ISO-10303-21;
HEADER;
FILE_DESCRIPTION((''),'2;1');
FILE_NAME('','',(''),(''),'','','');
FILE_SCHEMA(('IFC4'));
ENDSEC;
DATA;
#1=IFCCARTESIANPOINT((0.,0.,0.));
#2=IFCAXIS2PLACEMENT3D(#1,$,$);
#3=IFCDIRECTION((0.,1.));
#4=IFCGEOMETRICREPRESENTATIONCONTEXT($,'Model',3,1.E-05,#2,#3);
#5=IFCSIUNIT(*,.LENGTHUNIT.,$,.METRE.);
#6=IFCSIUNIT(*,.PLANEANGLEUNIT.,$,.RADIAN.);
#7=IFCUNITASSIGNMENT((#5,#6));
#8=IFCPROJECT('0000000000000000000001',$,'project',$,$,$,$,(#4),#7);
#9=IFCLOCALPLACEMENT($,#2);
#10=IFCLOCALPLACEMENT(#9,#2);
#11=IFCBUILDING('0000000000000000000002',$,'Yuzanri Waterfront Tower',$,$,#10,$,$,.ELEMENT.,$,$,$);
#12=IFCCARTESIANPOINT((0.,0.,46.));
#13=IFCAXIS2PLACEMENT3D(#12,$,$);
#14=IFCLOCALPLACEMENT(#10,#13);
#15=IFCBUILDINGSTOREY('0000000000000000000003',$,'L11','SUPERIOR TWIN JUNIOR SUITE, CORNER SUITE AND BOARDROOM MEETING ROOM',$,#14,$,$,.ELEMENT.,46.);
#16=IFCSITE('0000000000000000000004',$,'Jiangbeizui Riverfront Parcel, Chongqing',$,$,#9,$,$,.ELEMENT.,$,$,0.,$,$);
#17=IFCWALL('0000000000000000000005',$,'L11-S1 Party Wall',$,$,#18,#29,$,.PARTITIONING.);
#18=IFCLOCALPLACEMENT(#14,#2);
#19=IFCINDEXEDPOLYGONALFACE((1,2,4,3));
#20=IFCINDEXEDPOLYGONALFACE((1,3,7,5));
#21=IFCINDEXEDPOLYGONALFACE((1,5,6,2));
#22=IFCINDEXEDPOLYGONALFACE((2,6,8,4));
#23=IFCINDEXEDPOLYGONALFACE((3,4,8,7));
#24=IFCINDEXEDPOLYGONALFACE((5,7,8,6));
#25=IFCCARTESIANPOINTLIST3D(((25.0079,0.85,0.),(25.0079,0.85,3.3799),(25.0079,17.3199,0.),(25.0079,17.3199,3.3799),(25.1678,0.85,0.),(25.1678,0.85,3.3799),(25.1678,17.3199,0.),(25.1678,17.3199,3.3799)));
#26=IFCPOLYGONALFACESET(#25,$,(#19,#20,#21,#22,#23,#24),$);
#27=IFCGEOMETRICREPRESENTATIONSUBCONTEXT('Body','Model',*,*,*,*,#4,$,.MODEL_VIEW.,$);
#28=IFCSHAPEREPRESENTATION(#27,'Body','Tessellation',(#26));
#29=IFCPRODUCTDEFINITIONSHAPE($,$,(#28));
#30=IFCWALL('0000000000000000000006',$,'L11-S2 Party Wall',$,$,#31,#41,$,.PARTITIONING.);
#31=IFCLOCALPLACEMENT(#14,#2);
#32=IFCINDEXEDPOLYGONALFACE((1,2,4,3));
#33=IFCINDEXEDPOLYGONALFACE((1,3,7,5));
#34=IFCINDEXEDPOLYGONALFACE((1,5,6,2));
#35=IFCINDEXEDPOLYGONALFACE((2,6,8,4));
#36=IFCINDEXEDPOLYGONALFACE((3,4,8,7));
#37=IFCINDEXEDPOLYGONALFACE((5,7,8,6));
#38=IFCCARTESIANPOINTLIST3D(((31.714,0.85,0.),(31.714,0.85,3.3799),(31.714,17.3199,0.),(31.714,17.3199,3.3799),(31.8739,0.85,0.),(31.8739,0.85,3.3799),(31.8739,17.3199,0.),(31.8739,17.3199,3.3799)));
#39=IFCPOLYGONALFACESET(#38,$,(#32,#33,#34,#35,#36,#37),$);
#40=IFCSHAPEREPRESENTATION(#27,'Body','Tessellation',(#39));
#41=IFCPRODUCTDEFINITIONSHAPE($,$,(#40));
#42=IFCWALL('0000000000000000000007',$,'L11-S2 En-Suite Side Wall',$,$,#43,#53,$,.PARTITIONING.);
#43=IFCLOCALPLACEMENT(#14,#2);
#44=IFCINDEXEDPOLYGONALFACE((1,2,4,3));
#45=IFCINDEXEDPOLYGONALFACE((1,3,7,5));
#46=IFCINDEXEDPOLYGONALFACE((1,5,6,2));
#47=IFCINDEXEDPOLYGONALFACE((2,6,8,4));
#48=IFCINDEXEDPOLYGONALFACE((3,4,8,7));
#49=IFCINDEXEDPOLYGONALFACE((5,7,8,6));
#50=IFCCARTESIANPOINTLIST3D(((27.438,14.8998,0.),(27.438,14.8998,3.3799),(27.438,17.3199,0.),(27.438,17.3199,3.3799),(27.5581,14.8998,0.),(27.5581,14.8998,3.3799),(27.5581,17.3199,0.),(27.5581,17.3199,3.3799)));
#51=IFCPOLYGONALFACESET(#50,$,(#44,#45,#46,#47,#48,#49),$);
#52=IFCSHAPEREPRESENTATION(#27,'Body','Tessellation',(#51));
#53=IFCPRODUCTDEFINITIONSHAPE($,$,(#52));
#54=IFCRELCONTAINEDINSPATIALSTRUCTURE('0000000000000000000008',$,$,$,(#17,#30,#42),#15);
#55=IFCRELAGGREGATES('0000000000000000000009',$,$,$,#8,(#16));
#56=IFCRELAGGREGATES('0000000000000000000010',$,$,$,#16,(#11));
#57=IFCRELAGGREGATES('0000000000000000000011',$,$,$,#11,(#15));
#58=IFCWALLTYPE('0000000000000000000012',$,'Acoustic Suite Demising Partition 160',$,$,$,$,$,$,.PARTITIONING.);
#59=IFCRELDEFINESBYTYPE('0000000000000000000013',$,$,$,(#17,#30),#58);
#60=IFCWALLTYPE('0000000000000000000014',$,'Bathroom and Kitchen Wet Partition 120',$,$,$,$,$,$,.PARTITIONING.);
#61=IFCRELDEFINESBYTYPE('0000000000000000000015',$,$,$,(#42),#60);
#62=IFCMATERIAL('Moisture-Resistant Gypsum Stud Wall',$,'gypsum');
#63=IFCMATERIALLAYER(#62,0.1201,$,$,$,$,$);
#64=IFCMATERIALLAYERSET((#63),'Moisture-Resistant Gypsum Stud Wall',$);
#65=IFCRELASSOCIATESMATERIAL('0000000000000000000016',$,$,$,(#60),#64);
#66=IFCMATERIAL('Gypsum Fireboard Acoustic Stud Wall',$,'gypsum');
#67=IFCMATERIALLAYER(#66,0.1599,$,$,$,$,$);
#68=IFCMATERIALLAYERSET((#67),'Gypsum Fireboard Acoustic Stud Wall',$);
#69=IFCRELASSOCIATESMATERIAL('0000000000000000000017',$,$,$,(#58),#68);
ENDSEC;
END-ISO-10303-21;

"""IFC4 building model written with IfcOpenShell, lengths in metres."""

from ifc_helpers import new_model, si_unit, direction, frame, frame_2d, origin, place, context, subcontext, project, spatial, rectangle, extrude, source, transform, mapped, material, layer, layer_set, type_object, element, save


model = new_model("IFC4")

# Units and contexts
model_context = context("Model", 3, precision=1e-05, world=origin(), true_north=direction((0.0, 1.0)))
body_context = subcontext(model_context, "Body", "Model", "MODEL_VIEW")
ifc_project = project(units=[si_unit("LENGTHUNIT", "METRE"), si_unit("PLANEANGLEUNIT", "RADIAN")], contexts=[model_context])

# Site, building, storey
site_placement = place(None, origin())
site = spatial("IfcSite", under=ifc_project, at=site_placement, Name="Jiangbeizui Riverfront Parcel, Chongqing", CompositionType="ELEMENT", RefElevation=0.0)
building_placement = place(site_placement, origin())
building = spatial("IfcBuilding", under=site, at=building_placement, Name="Yuzanri Waterfront Tower", CompositionType="ELEMENT")
storey_placement = place(building_placement, frame((0.0, 0.0, 46.0)))
storey = spatial("IfcBuildingStorey", under=building, at=storey_placement, Name="L11", Description="SUPERIOR TWIN JUNIOR SUITE, CORNER SUITE AND BOARDROOM MEETING ROOM", CompositionType="ELEMENT", Elevation=46.0)

# Shared definitions
ifc_material_1 = material(Name="Moisture-Resistant Gypsum Stud Wall", Category="gypsum")
ifc_layer_1 = layer(ifc_material_1, 0.1201)
ifc_layer_set_1 = layer_set([ifc_layer_1], Name="Moisture-Resistant Gypsum Stud Wall")
wall_type_1 = type_object("IfcWallType", Name="Bathroom and Kitchen Wet Partition 120", PredefinedType="PARTITIONING", material=ifc_layer_set_1)

# Walls
ifc_material_2 = material(Name="Gypsum Fireboard Acoustic Stud Wall", Category="gypsum")
ifc_layer_2 = layer(ifc_material_2, 0.1599)
ifc_layer_set_2 = layer_set([ifc_layer_2], Name="Gypsum Fireboard Acoustic Stud Wall")
wall_type_2 = type_object("IfcWallType", Name="Acoustic Suite Demising Partition 160", PredefinedType="PARTITIONING", material=ifc_layer_set_2)
shared_shape_1 = source(origin(), body_context, "Body", "SweptSolid", [
    extrude(rectangle(XDim=16.47, YDim=0.1599, at=frame_2d((8.2349, 0.0))), origin(), (0.0, 0.0, 1.0), 3.3799),
])
for number, where, z_axis, x_axis, name in (
    (1, (25.0879, 0.8501, 0.0), (0.0, 0.0, 1.0), (0.0, 1.0, 0.0), "L11-S1 Party Wall"),
    (2, (31.7939, 0.8501, 0.0), (0.0, 0.0, 1.0), (0.0, 1.0, 0.0), "L11-S2 Party Wall"),
):
    element("IfcWall", number, at=place(storey_placement, frame(where, z_axis=z_axis, x_axis=x_axis)), inside=storey, type_object=wall_type_2, Name=name, PredefinedType="PARTITIONING", context=body_context, shape_type="MappedRepresentation", body=[
        mapped(shared_shape_1, transform((0.0, 0.0, 0.0), scale=1.0)),
    ])
shared_shape_2 = source(origin(), body_context, "Body", "SweptSolid", [
    extrude(rectangle(XDim=2.4202, YDim=0.1201, at=frame_2d((1.21, 0.0))), origin(), (0.0, 0.0, 1.0), 3.3799),
])
wall_1_placement = place(storey_placement, frame((27.498, 14.8999, 0.0), z_axis=(0.0, 0.0, 1.0), x_axis=(0.0, 1.0, 0.0)))
element("IfcWall", 3, at=wall_1_placement, inside=storey, type_object=wall_type_1, Name="L11-S2 En-Suite Side Wall", PredefinedType="PARTITIONING", context=body_context, shape_type="MappedRepresentation", body=[
    mapped(shared_shape_2, transform((0.0, 0.0, 0.0), scale=1.0)),
])

save(model, "model.ifc")
